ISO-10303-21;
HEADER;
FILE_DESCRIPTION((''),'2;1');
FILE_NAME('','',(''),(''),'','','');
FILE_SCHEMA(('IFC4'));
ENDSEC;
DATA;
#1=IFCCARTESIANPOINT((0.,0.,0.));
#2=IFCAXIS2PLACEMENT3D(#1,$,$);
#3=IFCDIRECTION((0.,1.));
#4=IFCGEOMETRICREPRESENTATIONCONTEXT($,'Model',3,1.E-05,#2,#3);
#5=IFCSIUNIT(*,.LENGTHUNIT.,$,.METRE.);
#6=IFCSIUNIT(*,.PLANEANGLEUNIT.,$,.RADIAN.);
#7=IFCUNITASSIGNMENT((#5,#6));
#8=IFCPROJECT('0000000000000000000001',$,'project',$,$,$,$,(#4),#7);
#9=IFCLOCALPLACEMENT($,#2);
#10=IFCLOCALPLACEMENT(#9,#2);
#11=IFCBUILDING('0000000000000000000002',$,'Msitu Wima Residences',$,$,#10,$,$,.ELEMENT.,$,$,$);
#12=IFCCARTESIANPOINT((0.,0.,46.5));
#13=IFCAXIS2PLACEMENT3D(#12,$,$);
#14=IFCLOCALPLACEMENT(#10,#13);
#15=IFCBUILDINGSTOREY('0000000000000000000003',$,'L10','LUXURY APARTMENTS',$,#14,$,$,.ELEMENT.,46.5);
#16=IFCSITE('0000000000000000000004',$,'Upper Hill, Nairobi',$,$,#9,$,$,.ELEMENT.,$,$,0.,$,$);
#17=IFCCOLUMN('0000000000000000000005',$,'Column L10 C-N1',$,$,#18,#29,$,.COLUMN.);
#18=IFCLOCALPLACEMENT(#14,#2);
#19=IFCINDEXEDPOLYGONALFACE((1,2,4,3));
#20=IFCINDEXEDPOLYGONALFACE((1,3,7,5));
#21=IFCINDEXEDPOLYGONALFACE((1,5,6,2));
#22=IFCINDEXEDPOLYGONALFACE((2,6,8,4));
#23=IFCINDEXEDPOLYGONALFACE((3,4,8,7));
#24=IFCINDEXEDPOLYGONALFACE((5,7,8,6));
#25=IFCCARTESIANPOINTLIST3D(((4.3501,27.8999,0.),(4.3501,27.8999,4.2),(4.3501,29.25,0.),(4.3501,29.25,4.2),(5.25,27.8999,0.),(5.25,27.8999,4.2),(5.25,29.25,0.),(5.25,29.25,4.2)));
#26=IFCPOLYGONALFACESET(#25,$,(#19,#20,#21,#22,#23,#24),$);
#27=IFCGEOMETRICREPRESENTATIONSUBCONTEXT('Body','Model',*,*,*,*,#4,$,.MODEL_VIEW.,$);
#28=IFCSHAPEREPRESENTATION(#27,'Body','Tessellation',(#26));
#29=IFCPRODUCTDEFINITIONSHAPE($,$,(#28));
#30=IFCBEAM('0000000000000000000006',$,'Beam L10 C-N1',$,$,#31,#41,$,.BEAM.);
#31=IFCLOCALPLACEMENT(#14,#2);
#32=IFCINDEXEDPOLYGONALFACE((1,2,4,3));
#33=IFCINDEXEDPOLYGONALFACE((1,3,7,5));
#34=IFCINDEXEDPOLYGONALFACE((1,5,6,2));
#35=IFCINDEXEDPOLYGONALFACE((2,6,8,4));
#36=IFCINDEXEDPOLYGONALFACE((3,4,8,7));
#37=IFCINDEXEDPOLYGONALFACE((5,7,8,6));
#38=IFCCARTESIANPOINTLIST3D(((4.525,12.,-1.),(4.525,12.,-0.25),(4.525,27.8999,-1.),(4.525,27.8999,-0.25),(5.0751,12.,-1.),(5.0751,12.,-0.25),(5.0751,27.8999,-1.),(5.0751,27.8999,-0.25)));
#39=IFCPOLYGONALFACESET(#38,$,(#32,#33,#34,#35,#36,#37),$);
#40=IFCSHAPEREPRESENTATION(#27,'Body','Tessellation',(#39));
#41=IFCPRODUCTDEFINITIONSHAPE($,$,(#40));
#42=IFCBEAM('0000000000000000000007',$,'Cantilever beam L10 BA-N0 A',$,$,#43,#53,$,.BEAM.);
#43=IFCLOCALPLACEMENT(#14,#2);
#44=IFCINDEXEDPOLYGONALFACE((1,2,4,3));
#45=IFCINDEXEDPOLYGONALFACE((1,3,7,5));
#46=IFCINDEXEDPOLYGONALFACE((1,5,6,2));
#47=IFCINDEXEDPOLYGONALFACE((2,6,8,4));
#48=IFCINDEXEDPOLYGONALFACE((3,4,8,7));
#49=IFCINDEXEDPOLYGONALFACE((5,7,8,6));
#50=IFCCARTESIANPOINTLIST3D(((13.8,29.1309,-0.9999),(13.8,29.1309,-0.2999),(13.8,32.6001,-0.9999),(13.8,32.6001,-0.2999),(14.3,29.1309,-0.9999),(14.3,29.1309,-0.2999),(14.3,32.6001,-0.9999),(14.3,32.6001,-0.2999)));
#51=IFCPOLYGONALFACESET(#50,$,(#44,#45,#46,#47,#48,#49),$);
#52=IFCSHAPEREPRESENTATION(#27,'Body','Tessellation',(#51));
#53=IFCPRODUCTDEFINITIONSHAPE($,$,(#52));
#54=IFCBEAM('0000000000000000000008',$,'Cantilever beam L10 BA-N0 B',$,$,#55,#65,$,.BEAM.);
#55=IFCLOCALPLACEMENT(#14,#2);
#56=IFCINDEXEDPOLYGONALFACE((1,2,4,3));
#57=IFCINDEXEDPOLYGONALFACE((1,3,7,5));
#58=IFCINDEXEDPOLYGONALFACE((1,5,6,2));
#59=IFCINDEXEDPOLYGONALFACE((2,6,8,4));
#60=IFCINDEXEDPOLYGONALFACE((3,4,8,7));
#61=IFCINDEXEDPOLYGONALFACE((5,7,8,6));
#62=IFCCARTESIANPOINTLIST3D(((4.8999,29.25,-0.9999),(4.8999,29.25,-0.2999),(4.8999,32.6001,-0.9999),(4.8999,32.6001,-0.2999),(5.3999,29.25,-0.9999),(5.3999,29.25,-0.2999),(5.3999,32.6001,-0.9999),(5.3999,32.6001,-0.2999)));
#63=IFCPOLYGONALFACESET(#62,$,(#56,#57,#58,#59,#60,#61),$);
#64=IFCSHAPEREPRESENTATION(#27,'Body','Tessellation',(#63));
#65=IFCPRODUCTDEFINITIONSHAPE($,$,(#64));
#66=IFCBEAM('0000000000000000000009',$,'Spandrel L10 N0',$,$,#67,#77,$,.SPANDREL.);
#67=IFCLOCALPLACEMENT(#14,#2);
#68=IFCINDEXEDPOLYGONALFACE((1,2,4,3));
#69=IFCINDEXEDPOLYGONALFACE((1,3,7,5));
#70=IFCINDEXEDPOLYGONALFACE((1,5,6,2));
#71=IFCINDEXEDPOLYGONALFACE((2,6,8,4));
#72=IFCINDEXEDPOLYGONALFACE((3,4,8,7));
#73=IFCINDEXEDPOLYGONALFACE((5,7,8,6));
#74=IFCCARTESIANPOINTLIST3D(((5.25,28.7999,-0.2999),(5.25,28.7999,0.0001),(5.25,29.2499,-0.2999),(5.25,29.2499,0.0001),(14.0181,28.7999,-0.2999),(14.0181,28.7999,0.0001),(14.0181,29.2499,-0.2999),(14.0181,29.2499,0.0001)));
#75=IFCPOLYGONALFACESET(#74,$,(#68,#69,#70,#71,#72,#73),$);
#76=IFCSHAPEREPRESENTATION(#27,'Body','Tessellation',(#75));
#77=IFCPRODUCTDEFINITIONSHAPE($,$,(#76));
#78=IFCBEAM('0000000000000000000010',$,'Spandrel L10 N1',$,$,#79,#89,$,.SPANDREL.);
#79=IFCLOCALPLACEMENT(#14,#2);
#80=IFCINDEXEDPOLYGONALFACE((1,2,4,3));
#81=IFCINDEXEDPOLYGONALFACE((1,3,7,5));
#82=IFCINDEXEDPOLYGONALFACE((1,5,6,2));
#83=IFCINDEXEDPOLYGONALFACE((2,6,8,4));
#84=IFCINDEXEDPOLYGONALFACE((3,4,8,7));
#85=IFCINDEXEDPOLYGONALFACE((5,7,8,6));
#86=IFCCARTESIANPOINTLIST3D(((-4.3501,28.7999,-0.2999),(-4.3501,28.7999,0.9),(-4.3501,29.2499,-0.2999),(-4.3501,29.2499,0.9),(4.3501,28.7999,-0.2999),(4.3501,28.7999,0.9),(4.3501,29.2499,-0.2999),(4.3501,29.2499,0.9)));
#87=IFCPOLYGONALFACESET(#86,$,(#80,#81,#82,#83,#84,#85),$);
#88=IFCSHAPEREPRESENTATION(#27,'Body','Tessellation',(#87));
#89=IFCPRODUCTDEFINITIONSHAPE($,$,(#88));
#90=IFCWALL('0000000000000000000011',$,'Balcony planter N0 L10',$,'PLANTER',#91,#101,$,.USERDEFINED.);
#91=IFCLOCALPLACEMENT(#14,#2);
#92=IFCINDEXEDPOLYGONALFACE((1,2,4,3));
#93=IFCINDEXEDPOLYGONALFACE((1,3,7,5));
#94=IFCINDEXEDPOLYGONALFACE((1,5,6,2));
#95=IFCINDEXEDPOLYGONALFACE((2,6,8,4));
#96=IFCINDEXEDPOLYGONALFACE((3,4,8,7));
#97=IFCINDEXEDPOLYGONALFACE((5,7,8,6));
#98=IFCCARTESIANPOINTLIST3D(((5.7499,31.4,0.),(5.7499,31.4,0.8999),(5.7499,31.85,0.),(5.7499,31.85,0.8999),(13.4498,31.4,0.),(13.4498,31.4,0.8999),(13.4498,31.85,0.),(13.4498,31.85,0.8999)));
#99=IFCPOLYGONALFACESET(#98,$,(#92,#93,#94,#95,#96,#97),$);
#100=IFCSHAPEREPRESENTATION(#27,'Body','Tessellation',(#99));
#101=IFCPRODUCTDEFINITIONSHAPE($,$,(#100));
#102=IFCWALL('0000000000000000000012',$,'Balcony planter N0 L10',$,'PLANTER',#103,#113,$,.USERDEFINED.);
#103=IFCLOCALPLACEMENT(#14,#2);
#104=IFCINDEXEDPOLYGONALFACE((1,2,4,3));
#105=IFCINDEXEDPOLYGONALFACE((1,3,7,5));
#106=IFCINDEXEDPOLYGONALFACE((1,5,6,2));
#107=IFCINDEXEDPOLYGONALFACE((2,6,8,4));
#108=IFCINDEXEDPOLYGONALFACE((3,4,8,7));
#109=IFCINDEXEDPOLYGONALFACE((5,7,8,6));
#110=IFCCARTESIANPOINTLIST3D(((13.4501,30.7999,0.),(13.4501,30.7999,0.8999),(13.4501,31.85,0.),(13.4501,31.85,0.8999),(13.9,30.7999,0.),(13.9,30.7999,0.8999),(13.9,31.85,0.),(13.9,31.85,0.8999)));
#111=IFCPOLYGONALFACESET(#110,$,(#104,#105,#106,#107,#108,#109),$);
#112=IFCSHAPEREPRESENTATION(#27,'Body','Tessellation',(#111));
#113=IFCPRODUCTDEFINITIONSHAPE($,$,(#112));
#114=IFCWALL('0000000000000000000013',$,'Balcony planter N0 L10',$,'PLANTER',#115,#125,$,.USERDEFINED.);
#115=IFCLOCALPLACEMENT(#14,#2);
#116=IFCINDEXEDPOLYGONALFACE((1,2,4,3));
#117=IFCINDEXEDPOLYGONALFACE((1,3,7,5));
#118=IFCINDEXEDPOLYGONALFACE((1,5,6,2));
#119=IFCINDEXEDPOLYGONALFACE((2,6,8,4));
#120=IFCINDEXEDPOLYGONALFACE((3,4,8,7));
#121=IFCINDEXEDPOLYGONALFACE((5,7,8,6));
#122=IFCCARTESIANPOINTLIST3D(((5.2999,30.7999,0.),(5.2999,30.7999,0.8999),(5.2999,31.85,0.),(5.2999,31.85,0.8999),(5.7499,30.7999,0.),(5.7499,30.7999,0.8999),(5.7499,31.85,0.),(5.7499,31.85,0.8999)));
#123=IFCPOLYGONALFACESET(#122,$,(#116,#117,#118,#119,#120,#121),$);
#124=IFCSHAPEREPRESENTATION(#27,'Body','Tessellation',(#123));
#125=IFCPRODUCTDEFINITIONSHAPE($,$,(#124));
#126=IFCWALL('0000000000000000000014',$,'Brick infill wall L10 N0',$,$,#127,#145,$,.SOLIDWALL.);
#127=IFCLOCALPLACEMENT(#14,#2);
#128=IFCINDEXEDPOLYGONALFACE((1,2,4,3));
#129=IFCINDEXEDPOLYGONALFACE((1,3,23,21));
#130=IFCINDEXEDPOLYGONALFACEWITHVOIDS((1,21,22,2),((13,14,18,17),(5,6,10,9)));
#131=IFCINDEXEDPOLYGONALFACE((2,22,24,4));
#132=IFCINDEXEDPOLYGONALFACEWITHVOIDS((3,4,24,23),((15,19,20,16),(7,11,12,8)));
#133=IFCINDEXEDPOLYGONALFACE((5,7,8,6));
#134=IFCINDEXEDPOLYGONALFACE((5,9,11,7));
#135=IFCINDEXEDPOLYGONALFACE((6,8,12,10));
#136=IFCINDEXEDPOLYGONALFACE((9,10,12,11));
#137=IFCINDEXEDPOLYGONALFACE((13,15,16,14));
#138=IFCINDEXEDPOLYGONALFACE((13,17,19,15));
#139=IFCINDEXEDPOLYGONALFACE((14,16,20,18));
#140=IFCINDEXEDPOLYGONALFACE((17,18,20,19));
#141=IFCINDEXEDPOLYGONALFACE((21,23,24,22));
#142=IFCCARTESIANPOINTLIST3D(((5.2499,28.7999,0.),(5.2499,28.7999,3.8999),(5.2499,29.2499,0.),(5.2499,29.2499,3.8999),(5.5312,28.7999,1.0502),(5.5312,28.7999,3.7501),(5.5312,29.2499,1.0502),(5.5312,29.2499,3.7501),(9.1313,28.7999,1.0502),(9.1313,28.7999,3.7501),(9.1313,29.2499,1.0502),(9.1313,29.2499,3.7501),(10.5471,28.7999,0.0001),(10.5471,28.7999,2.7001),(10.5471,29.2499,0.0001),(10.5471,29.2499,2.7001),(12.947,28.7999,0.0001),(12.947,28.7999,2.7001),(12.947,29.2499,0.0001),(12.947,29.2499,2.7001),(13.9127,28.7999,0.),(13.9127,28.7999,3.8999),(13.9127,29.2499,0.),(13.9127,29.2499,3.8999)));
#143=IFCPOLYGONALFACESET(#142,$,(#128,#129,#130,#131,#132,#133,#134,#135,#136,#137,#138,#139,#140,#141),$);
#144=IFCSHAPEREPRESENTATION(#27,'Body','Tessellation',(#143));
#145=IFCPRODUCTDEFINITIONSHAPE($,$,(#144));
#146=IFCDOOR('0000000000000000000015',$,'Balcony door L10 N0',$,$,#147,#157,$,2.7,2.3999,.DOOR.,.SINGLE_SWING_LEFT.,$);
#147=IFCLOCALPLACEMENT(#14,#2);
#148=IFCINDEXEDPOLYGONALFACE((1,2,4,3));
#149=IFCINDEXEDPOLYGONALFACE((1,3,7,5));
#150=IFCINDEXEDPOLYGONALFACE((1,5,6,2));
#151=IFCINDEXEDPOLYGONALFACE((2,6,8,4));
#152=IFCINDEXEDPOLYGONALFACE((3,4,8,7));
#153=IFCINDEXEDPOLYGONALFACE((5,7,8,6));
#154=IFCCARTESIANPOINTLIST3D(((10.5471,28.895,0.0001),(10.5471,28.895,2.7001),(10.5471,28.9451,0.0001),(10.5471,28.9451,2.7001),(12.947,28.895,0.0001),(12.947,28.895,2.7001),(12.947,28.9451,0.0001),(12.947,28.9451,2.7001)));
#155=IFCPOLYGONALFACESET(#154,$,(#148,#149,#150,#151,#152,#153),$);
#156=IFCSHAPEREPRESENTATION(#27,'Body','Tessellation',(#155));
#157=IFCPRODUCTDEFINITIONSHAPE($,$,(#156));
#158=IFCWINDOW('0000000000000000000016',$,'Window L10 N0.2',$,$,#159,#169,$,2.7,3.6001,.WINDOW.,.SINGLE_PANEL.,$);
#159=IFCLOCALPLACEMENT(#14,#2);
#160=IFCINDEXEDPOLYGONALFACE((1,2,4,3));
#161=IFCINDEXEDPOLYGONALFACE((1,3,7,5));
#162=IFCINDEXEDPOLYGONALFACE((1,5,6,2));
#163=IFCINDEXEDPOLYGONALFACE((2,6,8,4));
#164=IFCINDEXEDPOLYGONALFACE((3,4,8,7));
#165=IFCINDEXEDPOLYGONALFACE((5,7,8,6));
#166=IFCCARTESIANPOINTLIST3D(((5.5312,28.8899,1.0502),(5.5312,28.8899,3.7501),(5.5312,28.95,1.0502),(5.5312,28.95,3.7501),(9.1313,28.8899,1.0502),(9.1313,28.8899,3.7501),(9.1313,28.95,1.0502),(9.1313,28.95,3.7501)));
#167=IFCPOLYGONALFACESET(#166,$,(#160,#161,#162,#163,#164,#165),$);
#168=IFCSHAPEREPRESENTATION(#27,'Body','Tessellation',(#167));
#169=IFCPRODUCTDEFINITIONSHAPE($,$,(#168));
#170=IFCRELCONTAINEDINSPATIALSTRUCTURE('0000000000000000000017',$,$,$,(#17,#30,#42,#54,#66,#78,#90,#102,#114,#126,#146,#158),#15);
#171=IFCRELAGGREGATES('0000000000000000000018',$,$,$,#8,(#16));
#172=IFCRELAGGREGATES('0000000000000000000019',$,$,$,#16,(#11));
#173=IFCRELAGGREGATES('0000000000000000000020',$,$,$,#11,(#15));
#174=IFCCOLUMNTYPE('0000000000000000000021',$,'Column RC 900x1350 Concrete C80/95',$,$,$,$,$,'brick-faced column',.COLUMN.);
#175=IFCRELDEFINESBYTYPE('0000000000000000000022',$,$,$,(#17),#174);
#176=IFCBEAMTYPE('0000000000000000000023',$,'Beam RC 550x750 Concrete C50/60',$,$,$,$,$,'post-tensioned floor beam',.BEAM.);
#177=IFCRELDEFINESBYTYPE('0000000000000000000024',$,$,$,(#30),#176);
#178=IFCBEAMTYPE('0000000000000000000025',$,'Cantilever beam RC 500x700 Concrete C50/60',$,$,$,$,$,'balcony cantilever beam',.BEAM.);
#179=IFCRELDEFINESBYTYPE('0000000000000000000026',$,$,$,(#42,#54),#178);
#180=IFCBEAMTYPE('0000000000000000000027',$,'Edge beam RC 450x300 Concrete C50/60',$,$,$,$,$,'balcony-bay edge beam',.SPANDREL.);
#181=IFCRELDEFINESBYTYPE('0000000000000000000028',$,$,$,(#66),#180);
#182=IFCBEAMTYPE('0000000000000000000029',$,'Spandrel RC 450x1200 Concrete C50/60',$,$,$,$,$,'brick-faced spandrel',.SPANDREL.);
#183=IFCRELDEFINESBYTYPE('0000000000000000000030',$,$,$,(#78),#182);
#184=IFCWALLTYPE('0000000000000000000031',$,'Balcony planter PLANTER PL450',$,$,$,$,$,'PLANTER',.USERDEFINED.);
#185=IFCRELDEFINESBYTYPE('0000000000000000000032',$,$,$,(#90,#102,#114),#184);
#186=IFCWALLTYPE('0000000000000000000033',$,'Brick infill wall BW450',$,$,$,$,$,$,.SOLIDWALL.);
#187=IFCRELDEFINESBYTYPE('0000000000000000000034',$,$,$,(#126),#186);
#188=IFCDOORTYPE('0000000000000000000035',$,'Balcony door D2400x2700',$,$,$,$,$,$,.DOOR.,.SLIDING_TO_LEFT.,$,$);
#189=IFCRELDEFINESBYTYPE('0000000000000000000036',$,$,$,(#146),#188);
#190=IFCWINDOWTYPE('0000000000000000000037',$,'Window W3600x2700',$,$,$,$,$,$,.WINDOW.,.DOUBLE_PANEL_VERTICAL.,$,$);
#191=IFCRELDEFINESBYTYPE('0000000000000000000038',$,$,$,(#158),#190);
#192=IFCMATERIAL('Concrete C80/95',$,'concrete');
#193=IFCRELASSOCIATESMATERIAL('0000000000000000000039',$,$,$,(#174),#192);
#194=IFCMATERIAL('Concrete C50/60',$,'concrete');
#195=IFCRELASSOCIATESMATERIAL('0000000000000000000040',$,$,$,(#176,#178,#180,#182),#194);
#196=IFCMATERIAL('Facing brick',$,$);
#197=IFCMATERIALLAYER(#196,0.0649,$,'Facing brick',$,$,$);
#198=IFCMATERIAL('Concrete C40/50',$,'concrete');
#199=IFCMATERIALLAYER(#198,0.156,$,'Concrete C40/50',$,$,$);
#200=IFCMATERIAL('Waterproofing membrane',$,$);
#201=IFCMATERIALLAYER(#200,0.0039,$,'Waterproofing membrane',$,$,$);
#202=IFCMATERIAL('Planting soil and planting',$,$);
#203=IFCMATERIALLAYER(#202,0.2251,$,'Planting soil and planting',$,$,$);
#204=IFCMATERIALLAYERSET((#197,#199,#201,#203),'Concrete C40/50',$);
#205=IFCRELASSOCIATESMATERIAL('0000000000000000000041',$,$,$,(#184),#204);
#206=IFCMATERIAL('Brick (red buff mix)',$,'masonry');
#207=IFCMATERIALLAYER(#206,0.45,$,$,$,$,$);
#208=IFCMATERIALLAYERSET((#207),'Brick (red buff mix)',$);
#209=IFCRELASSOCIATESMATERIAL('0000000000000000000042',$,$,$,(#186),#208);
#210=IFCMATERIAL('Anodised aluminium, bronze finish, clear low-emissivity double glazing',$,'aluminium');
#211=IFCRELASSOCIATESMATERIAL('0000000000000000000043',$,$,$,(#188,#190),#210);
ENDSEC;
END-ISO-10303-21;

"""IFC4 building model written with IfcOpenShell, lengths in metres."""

from ifc_helpers import new_model, si_unit, direction, frame, frame_2d, origin, origin_2d, place, context, subcontext, project, spatial, rectangle, extrude, material, layer, layer_set, material_profile, profile_set, type_object, element, fill, save


model = new_model("IFC4")

# Units and contexts
model_context = context("Model", 3, precision=1e-05, world=origin(), true_north=direction((0.0, 1.0)))
body_context = subcontext(model_context, "Body", "Model", "MODEL_VIEW")
ifc_project = project(units=[si_unit("LENGTHUNIT", "METRE"), si_unit("PLANEANGLEUNIT", "RADIAN")], contexts=[model_context])

# Site, building, storey
site_placement = place(None, origin())
site = spatial("IfcSite", under=ifc_project, at=site_placement, Name="Upper Hill, Nairobi", CompositionType="ELEMENT", RefElevation=0.0)
building_placement = place(site_placement, origin())
building = spatial("IfcBuilding", under=site, at=building_placement, Name="Msitu Wima Residences", CompositionType="ELEMENT")
storey_placement = place(building_placement, frame((0.0, 0.0, 46.5)))
storey = spatial("IfcBuildingStorey", under=building, at=storey_placement, Name="L10", Description="LUXURY APARTMENTS", CompositionType="ELEMENT", Elevation=46.5)

# Column
ifc_material_1 = material(Name="Concrete C80/95", Category="concrete")
ifc_material_profile_1 = material_profile(ifc_material_1, rectangle(XDim=0.8999, YDim=1.3501, at=origin_2d()), Name="RC 900x1350")
ifc_profile_set_1 = profile_set([ifc_material_profile_1], Name="Concrete C80/95")
column_type = type_object("IfcColumnType", Name="Column RC 900x1350 Concrete C80/95", ElementType="brick-faced column", PredefinedType="COLUMN", material=ifc_profile_set_1)
column_placement = place(storey_placement, frame((4.8, 28.575, 0.0), z_axis=(0.0, 0.0, 1.0), x_axis=(-1.0, 0.0, 0.0)))
element("IfcColumn", 1, at=column_placement, inside=storey, type_object=column_type, Name="Column L10 C-N1", PredefinedType="COLUMN", context=body_context, shape_type="SweptSolid", body=[
    extrude(rectangle(XDim=0.8999, YDim=1.3501, at=origin_2d()), origin(), (0.0, 0.0, 1.0), 4.2),
])

# Beams
ifc_material_2 = material(Name="Concrete C50/60", Category="concrete")
ifc_material_profile_2 = material_profile(ifc_material_2, rectangle(XDim=0.55, YDim=0.75, at=origin_2d()), Name="RC 550x750")
ifc_profile_set_2 = profile_set([ifc_material_profile_2], Name="Concrete C50/60")
beam_type_1 = type_object("IfcBeamType", Name="Beam RC 550x750 Concrete C50/60", ElementType="post-tensioned floor beam", PredefinedType="BEAM", material=ifc_profile_set_2)
beam_1_placement = place(storey_placement, frame((4.8, 27.8999, -0.625), z_axis=(0.0, -1.0, 0.0), x_axis=(1.0, 0.0, 0.0)))
element("IfcBeam", 2, at=beam_1_placement, inside=storey, type_object=beam_type_1, Name="Beam L10 C-N1", PredefinedType="BEAM", context=body_context, shape_type="SweptSolid", body=[
    extrude(rectangle(XDim=0.55, YDim=0.75, at=origin_2d()), origin(), (0.0, 0.0, 1.0), 15.8999),
])
ifc_material_profile_3 = material_profile(ifc_material_2, rectangle(XDim=0.5, YDim=0.7, at=origin_2d()), Name="RC 500x700")
ifc_profile_set_3 = profile_set([ifc_material_profile_3], Name="Concrete C50/60")
beam_type_2 = type_object("IfcBeamType", Name="Cantilever beam RC 500x700 Concrete C50/60", ElementType="balcony cantilever beam", PredefinedType="BEAM", material=ifc_profile_set_3)
beam_2_placement = place(storey_placement, frame((14.05, 29.1309, -0.6499), z_axis=(0.0, 1.0, 0.0), x_axis=(-1.0, 0.0, 0.0)))
element("IfcBeam", 3, at=beam_2_placement, inside=storey, type_object=beam_type_2, Name="Cantilever beam L10 BA-N0 A", PredefinedType="BEAM", context=body_context, shape_type="SweptSolid", body=[
    extrude(rectangle(XDim=0.5, YDim=0.7, at=origin_2d()), origin(), (0.0, 0.0, 1.0), 3.4692),
])
beam_3_placement = place(storey_placement, frame((5.1499, 29.25, -0.6499), z_axis=(0.0, 1.0, 0.0), x_axis=(-1.0, 0.0, 0.0)))
element("IfcBeam", 4, at=beam_3_placement, inside=storey, type_object=beam_type_2, Name="Cantilever beam L10 BA-N0 B", PredefinedType="BEAM", context=body_context, shape_type="SweptSolid", body=[
    extrude(rectangle(XDim=0.5, YDim=0.7, at=origin_2d()), origin(), (0.0, 0.0, 1.0), 3.3501),
])
ifc_material_profile_4 = material_profile(ifc_material_2, rectangle(XDim=0.45, YDim=0.3, at=origin_2d()), Name="RC 450x300")
ifc_profile_set_4 = profile_set([ifc_material_profile_4], Name="Concrete C50/60")
beam_type_3 = type_object("IfcBeamType", Name="Edge beam RC 450x300 Concrete C50/60", ElementType="balcony-bay edge beam", PredefinedType="SPANDREL", material=ifc_profile_set_4)
beam_4_placement = place(storey_placement, frame((14.0181, 29.0249, -0.1499), z_axis=(-1.0, 0.0, 0.0), x_axis=(0.0, -1.0, 0.0)))
element("IfcBeam", 5, at=beam_4_placement, inside=storey, type_object=beam_type_3, Name="Spandrel L10 N0", PredefinedType="SPANDREL", context=body_context, shape_type="SweptSolid", body=[
    extrude(rectangle(XDim=0.45, YDim=0.3, at=origin_2d()), origin(), (0.0, 0.0, 1.0), 8.7681),
])
ifc_material_profile_5 = material_profile(ifc_material_2, rectangle(XDim=0.45, YDim=1.2, at=origin_2d()), Name="RC 450x1200")
ifc_profile_set_5 = profile_set([ifc_material_profile_5], Name="Concrete C50/60")
beam_type_4 = type_object("IfcBeamType", Name="Spandrel RC 450x1200 Concrete C50/60", ElementType="brick-faced spandrel", PredefinedType="SPANDREL", material=ifc_profile_set_5)
beam_5_placement = place(storey_placement, frame((4.3501, 29.0249, 0.3), z_axis=(-1.0, 0.0, 0.0), x_axis=(0.0, -1.0, 0.0)))
element("IfcBeam", 6, at=beam_5_placement, inside=storey, type_object=beam_type_4, Name="Spandrel L10 N1", PredefinedType="SPANDREL", context=body_context, shape_type="SweptSolid", body=[
    extrude(rectangle(XDim=0.45, YDim=1.2, at=origin_2d()), origin(), (0.0, 0.0, 1.0), 8.7002),
])

# Walls
ifc_material_3 = material(Name="Facing brick")
ifc_layer_1 = layer(ifc_material_3, 0.0649, Name="Facing brick")
ifc_material_4 = material(Name="Concrete C40/50", Category="concrete")
ifc_layer_2 = layer(ifc_material_4, 0.156, Name="Concrete C40/50")
ifc_material_5 = material(Name="Waterproofing membrane")
ifc_layer_3 = layer(ifc_material_5, 0.0039, Name="Waterproofing membrane")
ifc_material_6 = material(Name="Planting soil and planting")
ifc_layer_4 = layer(ifc_material_6, 0.2251, Name="Planting soil and planting")
ifc_layer_set_1 = layer_set([ifc_layer_1, ifc_layer_2, ifc_layer_3, ifc_layer_4], Name="Concrete C40/50")
wall_type_1 = type_object("IfcWallType", Name="Balcony planter PLANTER PL450", ElementType="PLANTER", PredefinedType="USERDEFINED", material=ifc_layer_set_1)
wall_1_placement = place(storey_placement, frame((13.45, 31.625, 0.0), z_axis=(0.0, 0.0, 1.0), x_axis=(-1.0, 0.0, 0.0)))
element("IfcWall", 7, at=wall_1_placement, inside=storey, type_object=wall_type_1, Name="Balcony planter N0 L10", ObjectType="PLANTER", PredefinedType="USERDEFINED", context=body_context, shape_type="SweptSolid", body=[
    extrude(rectangle(XDim=7.7, YDim=0.45, at=frame_2d((3.8501, 0.0))), origin(), (0.0, 0.0, 1.0), 0.8999),
])
for number, where, z_axis, x_axis, name in (
    (8, (13.675, 30.8, 0.0), (0.0, 0.0, 1.0), (0.0, 1.0, 0.0), "Balcony planter N0 L10"),
    (9, (5.5249, 30.8, 0.0), (0.0, 0.0, 1.0), (0.0, 1.0, 0.0), "Balcony planter N0 L10"),
):
    element("IfcWall", number, at=place(storey_placement, frame(where, z_axis=z_axis, x_axis=x_axis)), inside=storey, type_object=wall_type_1, Name=name, ObjectType="PLANTER", PredefinedType="USERDEFINED", context=body_context, shape_type="SweptSolid", body=[
        extrude(rectangle(XDim=1.05, YDim=0.45, at=frame_2d((0.5249, 0.0))), origin(), (0.0, 0.0, 1.0), 0.8999),
    ])

# Wall, openings, door, window
ifc_material_7 = material(Name="Brick (red buff mix)", Category="masonry")
ifc_layer_5 = layer(ifc_material_7, 0.45)
ifc_layer_set_2 = layer_set([ifc_layer_5], Name="Brick (red buff mix)")
wall_type_2 = type_object("IfcWallType", Name="Brick infill wall BW450", PredefinedType="SOLIDWALL", material=ifc_layer_set_2)
wall_2_placement = place(storey_placement, frame((13.9128, 29.0249, 0.0), z_axis=(0.0, 0.0, 1.0), x_axis=(-1.0, 0.0, 0.0)))
wall_2 = element("IfcWall", 10, at=wall_2_placement, inside=storey, type_object=wall_type_2, Name="Brick infill wall L10 N0", PredefinedType="SOLIDWALL", context=body_context, shape_type="SweptSolid", body=[
    extrude(rectangle(XDim=8.6628, YDim=0.45, at=frame_2d((4.3315, 0.0))), origin(), (0.0, 0.0, 1.0), 3.8999),
])
opening_1_placement = place(wall_2_placement, frame((0.9658, 0.0, 0.0)))
opening_1 = element("IfcOpeningElement", 11, at=opening_1_placement, cuts=wall_2, PredefinedType="OPENING", context=body_context, shape_type="SweptSolid", body=[
    extrude(rectangle(XDim=2.3999, YDim=2.7, at=frame_2d((1.2, 1.3501))), frame((0.0, 0.2349, 0.0), z_axis=(0.0, -1.0, 0.0), x_axis=(1.0, 0.0, 0.0)), (0.0, 0.0, 1.0), 0.47),
])
opening_2_placement = place(wall_2_placement, frame((4.7815, 0.0, 1.05)))
opening_2 = element("IfcOpeningElement", 12, at=opening_2_placement, cuts=wall_2, PredefinedType="OPENING", context=body_context, shape_type="SweptSolid", body=[
    extrude(rectangle(XDim=3.6001, YDim=2.7, at=frame_2d((1.8, 1.3501))), frame((0.0, 0.2349, 0.0), z_axis=(0.0, -1.0, 0.0), x_axis=(1.0, 0.0, 0.0)), (0.0, 0.0, 1.0), 0.47),
])
ifc_material_8 = material(Name="Anodised aluminium, bronze finish, clear low-emissivity double glazing", Category="aluminium")
door_type_1 = type_object("IfcDoorType", Name="Balcony door D2400x2700", OperationType="SLIDING_TO_LEFT", PredefinedType="DOOR", material=ifc_material_8)
door_1_placement = place(opening_1_placement, origin())
door_1 = element("IfcDoor", 13, at=door_1_placement, inside=storey, type_object=door_type_1, Name="Balcony door L10 N0", OperationType="SINGLE_SWING_LEFT", OverallHeight=2.7, OverallWidth=2.3999, PredefinedType="DOOR", context=body_context, shape_type="SweptSolid", body=[
    extrude(rectangle(XDim=2.3999, YDim=2.7, at=frame_2d((1.2, 1.3501))), frame((0.0, 0.1299, 0.0), z_axis=(0.0, -1.0, 0.0), x_axis=(1.0, 0.0, 0.0)), (0.0, 0.0, 1.0), 0.05),
])
fill(opening_1, door_1)
window_type = type_object("IfcWindowType", Name="Window W3600x2700", PartitioningType="DOUBLE_PANEL_VERTICAL", PredefinedType="WINDOW", material=ifc_material_8)
window_1_placement = place(opening_2_placement, origin())
window_1 = element("IfcWindow", 14, at=window_1_placement, inside=storey, type_object=window_type, Name="Window L10 N0.2", OverallHeight=2.7, OverallWidth=3.6001, PartitioningType="SINGLE_PANEL", PredefinedType="WINDOW", context=body_context, shape_type="SweptSolid", body=[
    extrude(rectangle(XDim=3.6001, YDim=2.7, at=frame_2d((1.8, 1.3501))), frame((0.0, 0.135, 0.0), z_axis=(0.0, -1.0, 0.0), x_axis=(1.0, 0.0, 0.0)), (0.0, 0.0, 1.0), 0.0601),
])
fill(opening_2, window_1)

save(model, "model.ifc")
